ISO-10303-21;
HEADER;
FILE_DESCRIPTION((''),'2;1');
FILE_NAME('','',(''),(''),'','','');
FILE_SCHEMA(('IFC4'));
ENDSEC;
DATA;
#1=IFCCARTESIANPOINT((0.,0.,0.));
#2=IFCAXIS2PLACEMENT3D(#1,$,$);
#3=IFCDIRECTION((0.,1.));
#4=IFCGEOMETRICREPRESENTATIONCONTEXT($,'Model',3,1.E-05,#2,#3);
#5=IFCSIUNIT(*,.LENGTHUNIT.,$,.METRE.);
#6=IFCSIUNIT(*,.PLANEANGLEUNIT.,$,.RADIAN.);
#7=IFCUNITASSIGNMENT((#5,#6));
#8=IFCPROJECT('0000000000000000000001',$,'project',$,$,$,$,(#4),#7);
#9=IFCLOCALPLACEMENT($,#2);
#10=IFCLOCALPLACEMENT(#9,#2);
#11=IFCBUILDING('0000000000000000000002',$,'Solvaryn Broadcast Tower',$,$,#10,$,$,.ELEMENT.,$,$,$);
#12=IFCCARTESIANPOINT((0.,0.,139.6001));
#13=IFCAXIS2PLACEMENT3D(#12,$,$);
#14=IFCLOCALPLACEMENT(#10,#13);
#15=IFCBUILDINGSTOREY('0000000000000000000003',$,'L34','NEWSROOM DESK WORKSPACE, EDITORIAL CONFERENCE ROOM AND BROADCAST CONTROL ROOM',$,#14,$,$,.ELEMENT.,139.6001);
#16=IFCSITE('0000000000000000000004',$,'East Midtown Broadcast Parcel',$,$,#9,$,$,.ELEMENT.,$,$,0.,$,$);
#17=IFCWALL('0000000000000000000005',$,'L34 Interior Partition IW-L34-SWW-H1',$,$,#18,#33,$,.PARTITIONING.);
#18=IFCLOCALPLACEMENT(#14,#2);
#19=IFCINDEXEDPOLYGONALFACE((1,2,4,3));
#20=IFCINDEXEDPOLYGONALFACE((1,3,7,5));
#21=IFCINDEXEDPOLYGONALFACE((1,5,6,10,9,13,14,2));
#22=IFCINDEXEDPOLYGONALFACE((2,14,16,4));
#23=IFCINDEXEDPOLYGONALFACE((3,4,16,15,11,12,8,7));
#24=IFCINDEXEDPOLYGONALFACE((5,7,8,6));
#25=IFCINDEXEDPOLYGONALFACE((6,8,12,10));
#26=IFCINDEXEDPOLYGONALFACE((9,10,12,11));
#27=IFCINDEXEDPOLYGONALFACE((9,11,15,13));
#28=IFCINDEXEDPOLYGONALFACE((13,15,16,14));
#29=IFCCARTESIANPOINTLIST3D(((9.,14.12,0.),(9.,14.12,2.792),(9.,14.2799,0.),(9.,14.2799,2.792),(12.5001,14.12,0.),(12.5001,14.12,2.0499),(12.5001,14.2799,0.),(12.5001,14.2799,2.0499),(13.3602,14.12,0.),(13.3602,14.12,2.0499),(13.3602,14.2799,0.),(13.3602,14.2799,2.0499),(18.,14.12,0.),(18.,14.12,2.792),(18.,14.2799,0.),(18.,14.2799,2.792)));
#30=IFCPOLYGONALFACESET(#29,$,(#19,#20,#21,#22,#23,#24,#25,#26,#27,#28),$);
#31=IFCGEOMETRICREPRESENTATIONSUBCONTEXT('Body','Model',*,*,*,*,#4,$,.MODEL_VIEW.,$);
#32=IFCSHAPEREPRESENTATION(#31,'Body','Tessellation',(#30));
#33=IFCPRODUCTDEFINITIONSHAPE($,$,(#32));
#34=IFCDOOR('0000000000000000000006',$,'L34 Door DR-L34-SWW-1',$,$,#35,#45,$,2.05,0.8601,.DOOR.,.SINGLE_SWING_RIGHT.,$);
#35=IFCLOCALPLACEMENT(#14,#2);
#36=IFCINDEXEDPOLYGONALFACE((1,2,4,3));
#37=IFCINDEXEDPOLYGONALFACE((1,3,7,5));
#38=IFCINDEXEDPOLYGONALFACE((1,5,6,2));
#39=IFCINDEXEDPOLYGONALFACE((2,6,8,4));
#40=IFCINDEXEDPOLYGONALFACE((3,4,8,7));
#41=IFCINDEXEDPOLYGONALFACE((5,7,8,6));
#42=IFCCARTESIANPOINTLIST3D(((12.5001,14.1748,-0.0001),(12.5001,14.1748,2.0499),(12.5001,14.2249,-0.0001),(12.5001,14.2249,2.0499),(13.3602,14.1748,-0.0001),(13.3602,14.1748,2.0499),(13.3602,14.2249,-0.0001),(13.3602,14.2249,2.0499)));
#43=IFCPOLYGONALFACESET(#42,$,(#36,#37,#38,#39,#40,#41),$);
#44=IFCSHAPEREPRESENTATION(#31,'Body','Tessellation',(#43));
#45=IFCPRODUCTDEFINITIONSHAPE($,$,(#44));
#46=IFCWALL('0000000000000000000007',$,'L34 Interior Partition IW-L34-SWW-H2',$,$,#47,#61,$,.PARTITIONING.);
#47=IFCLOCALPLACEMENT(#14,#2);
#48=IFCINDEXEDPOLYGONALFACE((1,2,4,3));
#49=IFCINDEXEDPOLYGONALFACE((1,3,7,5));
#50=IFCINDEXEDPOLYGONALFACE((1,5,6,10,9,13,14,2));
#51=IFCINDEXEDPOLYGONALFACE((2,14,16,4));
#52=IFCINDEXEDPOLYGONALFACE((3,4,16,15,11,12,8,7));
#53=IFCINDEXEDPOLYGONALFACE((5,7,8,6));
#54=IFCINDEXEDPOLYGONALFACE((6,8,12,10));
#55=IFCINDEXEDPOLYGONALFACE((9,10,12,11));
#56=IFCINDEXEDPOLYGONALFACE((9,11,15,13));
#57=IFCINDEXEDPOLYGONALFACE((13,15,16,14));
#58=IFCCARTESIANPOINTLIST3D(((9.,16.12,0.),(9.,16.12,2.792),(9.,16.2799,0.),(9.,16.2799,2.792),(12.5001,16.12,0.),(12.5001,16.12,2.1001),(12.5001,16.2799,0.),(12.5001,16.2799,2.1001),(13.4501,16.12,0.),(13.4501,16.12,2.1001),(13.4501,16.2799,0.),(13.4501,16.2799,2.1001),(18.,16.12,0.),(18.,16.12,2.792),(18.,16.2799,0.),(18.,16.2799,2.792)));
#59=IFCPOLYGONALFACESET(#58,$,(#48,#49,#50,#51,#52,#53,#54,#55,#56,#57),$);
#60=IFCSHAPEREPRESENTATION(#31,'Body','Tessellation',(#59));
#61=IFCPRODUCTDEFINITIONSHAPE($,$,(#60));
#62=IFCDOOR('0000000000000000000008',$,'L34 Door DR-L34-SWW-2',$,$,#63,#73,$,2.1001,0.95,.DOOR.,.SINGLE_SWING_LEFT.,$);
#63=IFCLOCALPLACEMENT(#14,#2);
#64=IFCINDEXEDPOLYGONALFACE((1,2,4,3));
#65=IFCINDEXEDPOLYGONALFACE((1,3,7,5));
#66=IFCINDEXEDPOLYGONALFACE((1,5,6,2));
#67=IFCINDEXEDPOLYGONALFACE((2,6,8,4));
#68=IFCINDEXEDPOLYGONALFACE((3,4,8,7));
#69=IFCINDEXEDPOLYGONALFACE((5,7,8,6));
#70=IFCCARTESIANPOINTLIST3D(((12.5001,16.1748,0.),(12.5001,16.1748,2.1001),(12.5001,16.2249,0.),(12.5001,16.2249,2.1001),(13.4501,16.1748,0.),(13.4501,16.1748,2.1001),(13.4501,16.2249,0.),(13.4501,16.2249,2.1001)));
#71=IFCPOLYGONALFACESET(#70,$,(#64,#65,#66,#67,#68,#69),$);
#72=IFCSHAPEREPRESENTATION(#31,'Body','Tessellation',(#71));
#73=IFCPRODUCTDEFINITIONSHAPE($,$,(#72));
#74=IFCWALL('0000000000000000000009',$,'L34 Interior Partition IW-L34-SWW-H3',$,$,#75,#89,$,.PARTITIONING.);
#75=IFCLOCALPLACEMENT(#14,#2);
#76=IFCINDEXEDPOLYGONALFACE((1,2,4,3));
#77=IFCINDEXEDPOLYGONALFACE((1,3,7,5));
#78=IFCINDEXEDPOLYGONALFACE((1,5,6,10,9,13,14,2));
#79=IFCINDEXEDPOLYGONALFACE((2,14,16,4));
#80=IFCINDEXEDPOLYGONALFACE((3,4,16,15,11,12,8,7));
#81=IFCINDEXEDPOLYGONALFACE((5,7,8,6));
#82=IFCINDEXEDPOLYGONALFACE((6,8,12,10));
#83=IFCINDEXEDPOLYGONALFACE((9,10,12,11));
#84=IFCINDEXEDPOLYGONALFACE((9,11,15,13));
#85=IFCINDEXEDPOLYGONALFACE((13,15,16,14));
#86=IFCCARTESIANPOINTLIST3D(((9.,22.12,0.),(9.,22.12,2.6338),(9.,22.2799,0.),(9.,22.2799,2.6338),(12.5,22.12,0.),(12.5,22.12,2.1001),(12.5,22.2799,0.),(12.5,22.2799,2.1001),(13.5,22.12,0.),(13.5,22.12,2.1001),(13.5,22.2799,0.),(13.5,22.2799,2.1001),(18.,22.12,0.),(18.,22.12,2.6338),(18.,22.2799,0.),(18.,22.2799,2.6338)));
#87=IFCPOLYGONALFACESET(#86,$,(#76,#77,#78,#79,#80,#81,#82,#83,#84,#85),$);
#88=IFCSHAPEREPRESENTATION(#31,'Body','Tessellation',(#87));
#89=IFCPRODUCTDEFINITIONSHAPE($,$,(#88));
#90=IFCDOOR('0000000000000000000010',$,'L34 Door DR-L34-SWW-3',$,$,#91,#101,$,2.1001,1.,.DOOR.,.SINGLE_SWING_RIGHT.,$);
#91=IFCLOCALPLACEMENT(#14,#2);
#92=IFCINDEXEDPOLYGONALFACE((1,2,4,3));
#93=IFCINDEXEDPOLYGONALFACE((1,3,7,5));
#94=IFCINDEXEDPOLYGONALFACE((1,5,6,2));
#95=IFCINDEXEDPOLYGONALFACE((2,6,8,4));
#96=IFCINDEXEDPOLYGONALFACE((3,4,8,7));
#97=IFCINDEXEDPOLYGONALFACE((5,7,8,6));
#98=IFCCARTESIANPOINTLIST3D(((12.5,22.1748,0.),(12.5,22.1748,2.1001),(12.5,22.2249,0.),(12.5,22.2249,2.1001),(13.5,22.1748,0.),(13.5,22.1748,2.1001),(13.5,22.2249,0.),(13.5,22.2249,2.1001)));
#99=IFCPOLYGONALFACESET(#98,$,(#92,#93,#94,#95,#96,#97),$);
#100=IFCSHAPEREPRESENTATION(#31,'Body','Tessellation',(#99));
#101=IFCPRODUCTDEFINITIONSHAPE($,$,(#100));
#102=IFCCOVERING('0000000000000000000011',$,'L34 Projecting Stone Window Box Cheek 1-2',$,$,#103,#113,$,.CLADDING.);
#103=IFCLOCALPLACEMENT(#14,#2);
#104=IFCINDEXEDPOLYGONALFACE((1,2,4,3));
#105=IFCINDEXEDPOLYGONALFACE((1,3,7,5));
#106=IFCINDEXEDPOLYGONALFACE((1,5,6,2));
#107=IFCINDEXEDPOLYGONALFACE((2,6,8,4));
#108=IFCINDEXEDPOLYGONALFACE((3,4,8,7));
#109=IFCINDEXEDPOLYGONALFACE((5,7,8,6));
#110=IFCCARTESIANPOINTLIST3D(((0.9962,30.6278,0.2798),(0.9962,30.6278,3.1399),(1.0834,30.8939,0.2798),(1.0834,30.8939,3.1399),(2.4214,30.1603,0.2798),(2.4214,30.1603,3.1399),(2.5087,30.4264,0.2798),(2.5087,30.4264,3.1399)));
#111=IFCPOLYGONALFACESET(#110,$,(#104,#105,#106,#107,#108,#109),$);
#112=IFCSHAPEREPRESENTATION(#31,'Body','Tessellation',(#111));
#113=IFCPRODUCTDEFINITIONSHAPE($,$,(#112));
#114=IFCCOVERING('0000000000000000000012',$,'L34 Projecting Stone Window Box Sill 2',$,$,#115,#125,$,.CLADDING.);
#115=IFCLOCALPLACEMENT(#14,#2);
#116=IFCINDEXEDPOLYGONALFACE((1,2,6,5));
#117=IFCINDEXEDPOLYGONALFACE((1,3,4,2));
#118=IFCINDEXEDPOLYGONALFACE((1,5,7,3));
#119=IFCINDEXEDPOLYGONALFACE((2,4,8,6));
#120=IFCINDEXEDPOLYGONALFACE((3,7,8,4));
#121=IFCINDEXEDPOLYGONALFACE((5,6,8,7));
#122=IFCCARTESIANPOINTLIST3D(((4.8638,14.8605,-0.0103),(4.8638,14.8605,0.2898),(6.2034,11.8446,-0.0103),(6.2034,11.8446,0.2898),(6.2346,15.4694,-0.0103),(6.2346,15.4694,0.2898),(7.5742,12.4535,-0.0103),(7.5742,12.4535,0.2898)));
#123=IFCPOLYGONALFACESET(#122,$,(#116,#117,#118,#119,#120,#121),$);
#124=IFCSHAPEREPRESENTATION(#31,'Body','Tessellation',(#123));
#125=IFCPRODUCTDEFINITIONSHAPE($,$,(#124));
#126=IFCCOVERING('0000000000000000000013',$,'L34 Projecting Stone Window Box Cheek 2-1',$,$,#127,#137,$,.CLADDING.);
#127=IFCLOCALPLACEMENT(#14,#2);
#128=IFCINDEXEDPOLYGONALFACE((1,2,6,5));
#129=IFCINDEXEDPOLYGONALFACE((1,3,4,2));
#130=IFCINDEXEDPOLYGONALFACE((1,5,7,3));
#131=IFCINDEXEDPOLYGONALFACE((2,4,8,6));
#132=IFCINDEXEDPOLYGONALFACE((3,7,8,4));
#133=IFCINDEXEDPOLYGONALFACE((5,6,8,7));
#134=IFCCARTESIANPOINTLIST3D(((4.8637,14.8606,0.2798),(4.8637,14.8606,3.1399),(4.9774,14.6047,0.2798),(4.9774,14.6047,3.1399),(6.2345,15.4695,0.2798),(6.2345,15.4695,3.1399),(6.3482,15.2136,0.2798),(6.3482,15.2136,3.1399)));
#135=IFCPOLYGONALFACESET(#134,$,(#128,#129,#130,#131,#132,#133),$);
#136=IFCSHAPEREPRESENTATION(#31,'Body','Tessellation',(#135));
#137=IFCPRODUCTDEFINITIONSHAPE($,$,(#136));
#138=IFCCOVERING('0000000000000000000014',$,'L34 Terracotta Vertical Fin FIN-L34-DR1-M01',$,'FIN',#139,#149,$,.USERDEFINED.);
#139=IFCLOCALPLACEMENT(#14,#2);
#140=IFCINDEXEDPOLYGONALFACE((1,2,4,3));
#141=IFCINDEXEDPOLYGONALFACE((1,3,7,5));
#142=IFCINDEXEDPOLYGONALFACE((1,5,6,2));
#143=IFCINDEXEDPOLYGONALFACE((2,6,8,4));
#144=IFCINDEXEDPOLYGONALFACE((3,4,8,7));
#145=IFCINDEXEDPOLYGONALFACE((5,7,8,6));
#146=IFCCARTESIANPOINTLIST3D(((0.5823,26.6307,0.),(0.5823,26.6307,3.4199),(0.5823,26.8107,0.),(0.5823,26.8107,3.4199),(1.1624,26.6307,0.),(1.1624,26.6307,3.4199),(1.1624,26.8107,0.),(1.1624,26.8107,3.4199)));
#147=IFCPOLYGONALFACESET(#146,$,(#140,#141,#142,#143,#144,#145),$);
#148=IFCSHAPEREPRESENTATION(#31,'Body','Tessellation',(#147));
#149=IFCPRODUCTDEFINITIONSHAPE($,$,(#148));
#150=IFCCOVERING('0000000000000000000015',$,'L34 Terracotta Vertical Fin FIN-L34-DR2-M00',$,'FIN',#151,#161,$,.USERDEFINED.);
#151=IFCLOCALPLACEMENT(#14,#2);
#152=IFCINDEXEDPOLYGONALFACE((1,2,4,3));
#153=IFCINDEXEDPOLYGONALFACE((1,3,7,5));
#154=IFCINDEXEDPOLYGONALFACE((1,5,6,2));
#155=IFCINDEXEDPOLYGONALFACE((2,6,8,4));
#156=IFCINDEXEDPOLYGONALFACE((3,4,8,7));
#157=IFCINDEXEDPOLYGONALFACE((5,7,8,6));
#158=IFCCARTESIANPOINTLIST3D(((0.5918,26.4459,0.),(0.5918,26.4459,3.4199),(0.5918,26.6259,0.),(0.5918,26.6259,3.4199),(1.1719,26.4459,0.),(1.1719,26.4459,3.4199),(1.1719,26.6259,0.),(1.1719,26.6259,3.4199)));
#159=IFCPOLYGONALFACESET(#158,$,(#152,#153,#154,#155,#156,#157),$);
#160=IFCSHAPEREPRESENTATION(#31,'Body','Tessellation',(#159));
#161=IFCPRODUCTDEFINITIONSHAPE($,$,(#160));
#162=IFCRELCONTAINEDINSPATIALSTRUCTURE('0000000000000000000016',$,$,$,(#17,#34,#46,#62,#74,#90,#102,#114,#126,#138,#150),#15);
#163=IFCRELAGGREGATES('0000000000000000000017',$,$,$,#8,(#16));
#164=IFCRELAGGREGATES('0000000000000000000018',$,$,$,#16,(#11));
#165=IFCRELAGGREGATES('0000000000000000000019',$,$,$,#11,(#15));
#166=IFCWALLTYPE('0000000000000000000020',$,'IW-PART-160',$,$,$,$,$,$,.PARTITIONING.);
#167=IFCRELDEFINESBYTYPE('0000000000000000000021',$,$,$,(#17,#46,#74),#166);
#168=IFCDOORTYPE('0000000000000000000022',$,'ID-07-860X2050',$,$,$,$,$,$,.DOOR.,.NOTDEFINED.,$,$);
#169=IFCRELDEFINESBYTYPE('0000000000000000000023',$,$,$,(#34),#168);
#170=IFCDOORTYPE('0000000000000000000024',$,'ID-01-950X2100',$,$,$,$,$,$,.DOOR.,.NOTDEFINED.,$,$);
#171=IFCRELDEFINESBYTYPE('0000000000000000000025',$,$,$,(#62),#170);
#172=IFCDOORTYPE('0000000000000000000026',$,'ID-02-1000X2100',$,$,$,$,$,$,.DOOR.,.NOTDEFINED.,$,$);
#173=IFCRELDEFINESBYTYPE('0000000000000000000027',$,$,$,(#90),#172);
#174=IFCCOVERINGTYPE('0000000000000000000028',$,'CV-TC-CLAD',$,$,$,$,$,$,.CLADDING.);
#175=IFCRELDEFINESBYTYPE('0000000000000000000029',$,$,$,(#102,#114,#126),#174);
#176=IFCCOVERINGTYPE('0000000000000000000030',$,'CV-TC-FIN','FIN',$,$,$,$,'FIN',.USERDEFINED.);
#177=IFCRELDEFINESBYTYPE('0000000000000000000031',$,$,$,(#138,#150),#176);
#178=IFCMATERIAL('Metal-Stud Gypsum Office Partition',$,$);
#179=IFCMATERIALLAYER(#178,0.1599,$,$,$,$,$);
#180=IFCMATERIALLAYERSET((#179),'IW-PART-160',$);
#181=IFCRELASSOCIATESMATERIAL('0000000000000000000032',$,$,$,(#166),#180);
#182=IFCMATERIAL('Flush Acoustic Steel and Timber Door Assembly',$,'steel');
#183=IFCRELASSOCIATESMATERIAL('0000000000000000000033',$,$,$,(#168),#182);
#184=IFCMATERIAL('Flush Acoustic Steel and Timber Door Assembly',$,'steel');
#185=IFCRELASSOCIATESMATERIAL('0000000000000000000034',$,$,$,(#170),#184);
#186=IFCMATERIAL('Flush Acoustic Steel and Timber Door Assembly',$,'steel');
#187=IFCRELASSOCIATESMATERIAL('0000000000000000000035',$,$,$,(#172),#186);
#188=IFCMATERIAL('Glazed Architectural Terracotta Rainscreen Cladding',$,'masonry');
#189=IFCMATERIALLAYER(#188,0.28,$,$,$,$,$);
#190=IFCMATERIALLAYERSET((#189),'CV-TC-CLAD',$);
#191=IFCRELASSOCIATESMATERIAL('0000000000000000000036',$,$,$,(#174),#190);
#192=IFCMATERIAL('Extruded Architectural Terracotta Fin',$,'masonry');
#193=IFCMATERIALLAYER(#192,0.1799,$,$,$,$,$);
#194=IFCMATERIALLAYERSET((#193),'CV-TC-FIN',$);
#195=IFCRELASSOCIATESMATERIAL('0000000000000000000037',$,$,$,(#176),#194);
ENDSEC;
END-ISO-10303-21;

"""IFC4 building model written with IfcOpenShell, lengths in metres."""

from ifc_helpers import new_model, si_unit, direction, frame, frame_2d, origin, origin_2d, place, context, subcontext, project, spatial, rectangle, extrude, material, layer, layer_set, type_object, element, fill, save


model = new_model("IFC4")

# Units and contexts
model_context = context("Model", 3, precision=1e-05, world=origin(), true_north=direction((0.0, 1.0)))
body_context = subcontext(model_context, "Body", "Model", "MODEL_VIEW")
ifc_project = project(units=[si_unit("LENGTHUNIT", "METRE"), si_unit("PLANEANGLEUNIT", "RADIAN")], contexts=[model_context])

# Site, building, storey
site_placement = place(None, origin())
site = spatial("IfcSite", under=ifc_project, at=site_placement, Name="East Midtown Broadcast Parcel", CompositionType="ELEMENT", RefElevation=0.0)
building_placement = place(site_placement, origin())
building = spatial("IfcBuilding", under=site, at=building_placement, Name="Solvaryn Broadcast Tower", CompositionType="ELEMENT")
storey_placement = place(building_placement, frame((0.0, 0.0, 139.6001)))
storey = spatial("IfcBuildingStorey", under=building, at=storey_placement, Name="L34", Description="NEWSROOM DESK WORKSPACE, EDITORIAL CONFERENCE ROOM AND BROADCAST CONTROL ROOM", CompositionType="ELEMENT", Elevation=139.6001)

# Walls, openings, doors
ifc_material_1 = material(Name="Metal-Stud Gypsum Office Partition")
ifc_layer_1 = layer(ifc_material_1, 0.1599)
ifc_layer_set_1 = layer_set([ifc_layer_1], Name="IW-PART-160")
wall_type = type_object("IfcWallType", Name="IW-PART-160", PredefinedType="PARTITIONING", material=ifc_layer_set_1)
wall_1_placement = place(storey_placement, frame((9.0, 14.2, 0.0), z_axis=(0.0, 0.0, 1.0), x_axis=(1.0, 0.0, 0.0)))
wall_1 = element("IfcWall", 1, at=wall_1_placement, inside=storey, type_object=wall_type, Name="L34 Interior Partition IW-L34-SWW-H1", PredefinedType="PARTITIONING", context=body_context, shape_type="SweptSolid", body=[
    extrude(rectangle(XDim=9.0, YDim=0.1599, at=frame_2d((4.5, 0.0))), origin(), (0.0, 0.0, 1.0), 2.792),
])
opening_1_placement = place(wall_1_placement, frame((3.5, 0.0, 0.0)))
opening_1 = element("IfcOpeningElement", 2, at=opening_1_placement, cuts=wall_1, PredefinedType="OPENING", context=body_context, shape_type="SweptSolid", body=[
    extrude(rectangle(XDim=0.8601, YDim=2.05, at=frame_2d((0.4302, 1.0249))), frame((0.0, 0.0901, 0.0), z_axis=(0.0, -1.0, 0.0), x_axis=(1.0, 0.0, 0.0)), (0.0, 0.0, 1.0), 0.1799),
])
ifc_material_2 = material(Name="Flush Acoustic Steel and Timber Door Assembly", Category="steel")
door_type_1 = type_object("IfcDoorType", Name="ID-07-860X2050", OperationType="NOTDEFINED", PredefinedType="DOOR", material=ifc_material_2)
door_1_placement = place(opening_1_placement, origin())
door_1 = element("IfcDoor", 3, at=door_1_placement, inside=storey, type_object=door_type_1, Name="L34 Door DR-L34-SWW-1", OperationType="SINGLE_SWING_RIGHT", OverallHeight=2.05, OverallWidth=0.8601, PredefinedType="DOOR", context=body_context, shape_type="SweptSolid", body=[
    extrude(rectangle(XDim=0.8601, YDim=2.05, at=frame_2d((0.4302, 1.0249))), frame((0.0, 0.0249, 0.0), z_axis=(0.0, -1.0, 0.0), x_axis=(1.0, 0.0, 0.0)), (0.0, 0.0, 1.0), 0.05),
])
fill(opening_1, door_1)
wall_2_placement = place(storey_placement, frame((9.0, 16.2, 0.0), z_axis=(0.0, 0.0, 1.0), x_axis=(1.0, 0.0, 0.0)))
wall_2 = element("IfcWall", 4, at=wall_2_placement, inside=storey, type_object=wall_type, Name="L34 Interior Partition IW-L34-SWW-H2", PredefinedType="PARTITIONING", context=body_context, shape_type="SweptSolid", body=[
    extrude(rectangle(XDim=9.0, YDim=0.1599, at=frame_2d((4.5, 0.0))), origin(), (0.0, 0.0, 1.0), 2.792),
])
opening_2_placement = place(wall_2_placement, frame((3.5, 0.0, 0.0)))
opening_2 = element("IfcOpeningElement", 5, at=opening_2_placement, cuts=wall_2, PredefinedType="OPENING", context=body_context, shape_type="SweptSolid", body=[
    extrude(rectangle(XDim=0.95, YDim=2.1001, at=frame_2d((0.4751, 1.05))), frame((0.0, 0.0901, 0.0), z_axis=(0.0, -1.0, 0.0), x_axis=(1.0, 0.0, 0.0)), (0.0, 0.0, 1.0), 0.1799),
])
ifc_material_3 = material(Name="Flush Acoustic Steel and Timber Door Assembly", Category="steel")
door_type_2 = type_object("IfcDoorType", Name="ID-01-950X2100", OperationType="NOTDEFINED", PredefinedType="DOOR", material=ifc_material_3)
door_2_placement = place(opening_2_placement, origin())
door_2 = element("IfcDoor", 6, at=door_2_placement, inside=storey, type_object=door_type_2, Name="L34 Door DR-L34-SWW-2", OperationType="SINGLE_SWING_LEFT", OverallHeight=2.1001, OverallWidth=0.95, PredefinedType="DOOR", context=body_context, shape_type="SweptSolid", body=[
    extrude(rectangle(XDim=0.95, YDim=2.1001, at=frame_2d((0.4751, 1.05))), frame((0.0, 0.0249, 0.0), z_axis=(0.0, -1.0, 0.0), x_axis=(1.0, 0.0, 0.0)), (0.0, 0.0, 1.0), 0.05),
])
fill(opening_2, door_2)
wall_3_placement = place(storey_placement, frame((9.0, 22.2, 0.0), z_axis=(0.0, 0.0, 1.0), x_axis=(1.0, 0.0, 0.0)))
wall_3 = element("IfcWall", 7, at=wall_3_placement, inside=storey, type_object=wall_type, Name="L34 Interior Partition IW-L34-SWW-H3", PredefinedType="PARTITIONING", context=body_context, shape_type="SweptSolid", body=[
    extrude(rectangle(XDim=9.0, YDim=0.1599, at=frame_2d((4.5, 0.0))), origin(), (0.0, 0.0, 1.0), 2.6338),
])
opening_3_placement = place(wall_3_placement, frame((3.5, 0.0, 0.0)))
opening_3 = element("IfcOpeningElement", 8, at=opening_3_placement, cuts=wall_3, PredefinedType="OPENING", context=body_context, shape_type="SweptSolid", body=[
    extrude(rectangle(XDim=1.0, YDim=2.1001, at=frame_2d((0.5, 1.05))), frame((0.0, 0.0901, 0.0), z_axis=(0.0, -1.0, 0.0), x_axis=(1.0, 0.0, 0.0)), (0.0, 0.0, 1.0), 0.1799),
])
ifc_material_4 = material(Name="Flush Acoustic Steel and Timber Door Assembly", Category="steel")
door_type_3 = type_object("IfcDoorType", Name="ID-02-1000X2100", OperationType="NOTDEFINED", PredefinedType="DOOR", material=ifc_material_4)
door_3_placement = place(opening_3_placement, origin())
door_3 = element("IfcDoor", 9, at=door_3_placement, inside=storey, type_object=door_type_3, Name="L34 Door DR-L34-SWW-3", OperationType="SINGLE_SWING_RIGHT", OverallHeight=2.1001, OverallWidth=1.0, PredefinedType="DOOR", context=body_context, shape_type="SweptSolid", body=[
    extrude(rectangle(XDim=1.0, YDim=2.1001, at=frame_2d((0.5, 1.05))), frame((0.0, 0.0249, 0.0), z_axis=(0.0, -1.0, 0.0), x_axis=(1.0, 0.0, 0.0)), (0.0, 0.0, 1.0), 0.05),
])
fill(opening_3, door_3)

# Coverings
ifc_material_5 = material(Name="Glazed Architectural Terracotta Rainscreen Cladding", Category="masonry")
ifc_layer_2 = layer(ifc_material_5, 0.28)
ifc_layer_set_2 = layer_set([ifc_layer_2], Name="CV-TC-CLAD")
covering_type_1 = type_object("IfcCoveringType", Name="CV-TC-CLAD", PredefinedType="CLADDING", material=ifc_layer_set_2)
covering_1_placement = place(storey_placement, frame((1.7524, 30.5271, 0.2798), z_axis=(0.0, 0.0, 1.0), x_axis=(-0.311672, -0.95019, 0.0)))
element("IfcCovering", 10, at=covering_1_placement, inside=storey, type_object=covering_type_1, Name="L34 Projecting Stone Window Box Cheek 1-2", PredefinedType="CLADDING", context=body_context, shape_type="SweptSolid", body=[
    extrude(rectangle(XDim=0.28, YDim=1.5, at=origin_2d()), origin(), (0.0, 0.0, 1.0), 2.8601),
])
covering_2_placement = place(storey_placement, frame((6.219, 13.657, -0.0103), z_axis=(0.0, 0.0, 1.0), x_axis=(0.405939, -0.9139, 0.0)))
element("IfcCovering", 11, at=covering_2_placement, inside=storey, type_object=covering_type_1, Name="L34 Projecting Stone Window Box Sill 2", PredefinedType="CLADDING", context=body_context, shape_type="SweptSolid", body=[
    extrude(rectangle(XDim=3.3, YDim=1.5, at=origin_2d()), origin(), (0.0, 0.0, 1.0), 0.3),
])
covering_3_placement = place(storey_placement, frame((5.606, 15.0371, 0.2798), z_axis=(0.0, 0.0, 1.0), x_axis=(0.405939, -0.9139, 0.0)))
element("IfcCovering", 12, at=covering_3_placement, inside=storey, type_object=covering_type_1, Name="L34 Projecting Stone Window Box Cheek 2-1", PredefinedType="CLADDING", context=body_context, shape_type="SweptSolid", body=[
    extrude(rectangle(XDim=0.28, YDim=1.5, at=origin_2d()), origin(), (0.0, 0.0, 1.0), 2.8601),
])
ifc_material_6 = material(Name="Extruded Architectural Terracotta Fin", Category="masonry")
ifc_layer_3 = layer(ifc_material_6, 0.1799)
ifc_layer_set_3 = layer_set([ifc_layer_3], Name="CV-TC-FIN")
covering_type_2 = type_object("IfcCoveringType", Name="CV-TC-FIN", Description="FIN", ElementType="FIN", PredefinedType="USERDEFINED", material=ifc_layer_set_3)
for number, where, z_axis, x_axis, name in (
    (13, (0.8723, 26.7207, 0.0), (0.0, 0.0, 1.0), (1.0, 0.0, 0.0), "L34 Terracotta Vertical Fin FIN-L34-DR1-M01"),
    (14, (0.8818, 26.5359, 0.0), (0.0, 0.0, 1.0), (1.0, 0.0, 0.0), "L34 Terracotta Vertical Fin FIN-L34-DR2-M00"),
):
    element("IfcCovering", number, at=place(storey_placement, frame(where, z_axis=z_axis, x_axis=x_axis)), inside=storey, type_object=covering_type_2, Name=name, ObjectType="FIN", PredefinedType="USERDEFINED", context=body_context, shape_type="SweptSolid", body=[
        extrude(rectangle(XDim=0.5801, YDim=0.1799, at=origin_2d()), origin(), (0.0, 0.0, 1.0), 3.4199),
    ])

save(model, "model.ifc")
